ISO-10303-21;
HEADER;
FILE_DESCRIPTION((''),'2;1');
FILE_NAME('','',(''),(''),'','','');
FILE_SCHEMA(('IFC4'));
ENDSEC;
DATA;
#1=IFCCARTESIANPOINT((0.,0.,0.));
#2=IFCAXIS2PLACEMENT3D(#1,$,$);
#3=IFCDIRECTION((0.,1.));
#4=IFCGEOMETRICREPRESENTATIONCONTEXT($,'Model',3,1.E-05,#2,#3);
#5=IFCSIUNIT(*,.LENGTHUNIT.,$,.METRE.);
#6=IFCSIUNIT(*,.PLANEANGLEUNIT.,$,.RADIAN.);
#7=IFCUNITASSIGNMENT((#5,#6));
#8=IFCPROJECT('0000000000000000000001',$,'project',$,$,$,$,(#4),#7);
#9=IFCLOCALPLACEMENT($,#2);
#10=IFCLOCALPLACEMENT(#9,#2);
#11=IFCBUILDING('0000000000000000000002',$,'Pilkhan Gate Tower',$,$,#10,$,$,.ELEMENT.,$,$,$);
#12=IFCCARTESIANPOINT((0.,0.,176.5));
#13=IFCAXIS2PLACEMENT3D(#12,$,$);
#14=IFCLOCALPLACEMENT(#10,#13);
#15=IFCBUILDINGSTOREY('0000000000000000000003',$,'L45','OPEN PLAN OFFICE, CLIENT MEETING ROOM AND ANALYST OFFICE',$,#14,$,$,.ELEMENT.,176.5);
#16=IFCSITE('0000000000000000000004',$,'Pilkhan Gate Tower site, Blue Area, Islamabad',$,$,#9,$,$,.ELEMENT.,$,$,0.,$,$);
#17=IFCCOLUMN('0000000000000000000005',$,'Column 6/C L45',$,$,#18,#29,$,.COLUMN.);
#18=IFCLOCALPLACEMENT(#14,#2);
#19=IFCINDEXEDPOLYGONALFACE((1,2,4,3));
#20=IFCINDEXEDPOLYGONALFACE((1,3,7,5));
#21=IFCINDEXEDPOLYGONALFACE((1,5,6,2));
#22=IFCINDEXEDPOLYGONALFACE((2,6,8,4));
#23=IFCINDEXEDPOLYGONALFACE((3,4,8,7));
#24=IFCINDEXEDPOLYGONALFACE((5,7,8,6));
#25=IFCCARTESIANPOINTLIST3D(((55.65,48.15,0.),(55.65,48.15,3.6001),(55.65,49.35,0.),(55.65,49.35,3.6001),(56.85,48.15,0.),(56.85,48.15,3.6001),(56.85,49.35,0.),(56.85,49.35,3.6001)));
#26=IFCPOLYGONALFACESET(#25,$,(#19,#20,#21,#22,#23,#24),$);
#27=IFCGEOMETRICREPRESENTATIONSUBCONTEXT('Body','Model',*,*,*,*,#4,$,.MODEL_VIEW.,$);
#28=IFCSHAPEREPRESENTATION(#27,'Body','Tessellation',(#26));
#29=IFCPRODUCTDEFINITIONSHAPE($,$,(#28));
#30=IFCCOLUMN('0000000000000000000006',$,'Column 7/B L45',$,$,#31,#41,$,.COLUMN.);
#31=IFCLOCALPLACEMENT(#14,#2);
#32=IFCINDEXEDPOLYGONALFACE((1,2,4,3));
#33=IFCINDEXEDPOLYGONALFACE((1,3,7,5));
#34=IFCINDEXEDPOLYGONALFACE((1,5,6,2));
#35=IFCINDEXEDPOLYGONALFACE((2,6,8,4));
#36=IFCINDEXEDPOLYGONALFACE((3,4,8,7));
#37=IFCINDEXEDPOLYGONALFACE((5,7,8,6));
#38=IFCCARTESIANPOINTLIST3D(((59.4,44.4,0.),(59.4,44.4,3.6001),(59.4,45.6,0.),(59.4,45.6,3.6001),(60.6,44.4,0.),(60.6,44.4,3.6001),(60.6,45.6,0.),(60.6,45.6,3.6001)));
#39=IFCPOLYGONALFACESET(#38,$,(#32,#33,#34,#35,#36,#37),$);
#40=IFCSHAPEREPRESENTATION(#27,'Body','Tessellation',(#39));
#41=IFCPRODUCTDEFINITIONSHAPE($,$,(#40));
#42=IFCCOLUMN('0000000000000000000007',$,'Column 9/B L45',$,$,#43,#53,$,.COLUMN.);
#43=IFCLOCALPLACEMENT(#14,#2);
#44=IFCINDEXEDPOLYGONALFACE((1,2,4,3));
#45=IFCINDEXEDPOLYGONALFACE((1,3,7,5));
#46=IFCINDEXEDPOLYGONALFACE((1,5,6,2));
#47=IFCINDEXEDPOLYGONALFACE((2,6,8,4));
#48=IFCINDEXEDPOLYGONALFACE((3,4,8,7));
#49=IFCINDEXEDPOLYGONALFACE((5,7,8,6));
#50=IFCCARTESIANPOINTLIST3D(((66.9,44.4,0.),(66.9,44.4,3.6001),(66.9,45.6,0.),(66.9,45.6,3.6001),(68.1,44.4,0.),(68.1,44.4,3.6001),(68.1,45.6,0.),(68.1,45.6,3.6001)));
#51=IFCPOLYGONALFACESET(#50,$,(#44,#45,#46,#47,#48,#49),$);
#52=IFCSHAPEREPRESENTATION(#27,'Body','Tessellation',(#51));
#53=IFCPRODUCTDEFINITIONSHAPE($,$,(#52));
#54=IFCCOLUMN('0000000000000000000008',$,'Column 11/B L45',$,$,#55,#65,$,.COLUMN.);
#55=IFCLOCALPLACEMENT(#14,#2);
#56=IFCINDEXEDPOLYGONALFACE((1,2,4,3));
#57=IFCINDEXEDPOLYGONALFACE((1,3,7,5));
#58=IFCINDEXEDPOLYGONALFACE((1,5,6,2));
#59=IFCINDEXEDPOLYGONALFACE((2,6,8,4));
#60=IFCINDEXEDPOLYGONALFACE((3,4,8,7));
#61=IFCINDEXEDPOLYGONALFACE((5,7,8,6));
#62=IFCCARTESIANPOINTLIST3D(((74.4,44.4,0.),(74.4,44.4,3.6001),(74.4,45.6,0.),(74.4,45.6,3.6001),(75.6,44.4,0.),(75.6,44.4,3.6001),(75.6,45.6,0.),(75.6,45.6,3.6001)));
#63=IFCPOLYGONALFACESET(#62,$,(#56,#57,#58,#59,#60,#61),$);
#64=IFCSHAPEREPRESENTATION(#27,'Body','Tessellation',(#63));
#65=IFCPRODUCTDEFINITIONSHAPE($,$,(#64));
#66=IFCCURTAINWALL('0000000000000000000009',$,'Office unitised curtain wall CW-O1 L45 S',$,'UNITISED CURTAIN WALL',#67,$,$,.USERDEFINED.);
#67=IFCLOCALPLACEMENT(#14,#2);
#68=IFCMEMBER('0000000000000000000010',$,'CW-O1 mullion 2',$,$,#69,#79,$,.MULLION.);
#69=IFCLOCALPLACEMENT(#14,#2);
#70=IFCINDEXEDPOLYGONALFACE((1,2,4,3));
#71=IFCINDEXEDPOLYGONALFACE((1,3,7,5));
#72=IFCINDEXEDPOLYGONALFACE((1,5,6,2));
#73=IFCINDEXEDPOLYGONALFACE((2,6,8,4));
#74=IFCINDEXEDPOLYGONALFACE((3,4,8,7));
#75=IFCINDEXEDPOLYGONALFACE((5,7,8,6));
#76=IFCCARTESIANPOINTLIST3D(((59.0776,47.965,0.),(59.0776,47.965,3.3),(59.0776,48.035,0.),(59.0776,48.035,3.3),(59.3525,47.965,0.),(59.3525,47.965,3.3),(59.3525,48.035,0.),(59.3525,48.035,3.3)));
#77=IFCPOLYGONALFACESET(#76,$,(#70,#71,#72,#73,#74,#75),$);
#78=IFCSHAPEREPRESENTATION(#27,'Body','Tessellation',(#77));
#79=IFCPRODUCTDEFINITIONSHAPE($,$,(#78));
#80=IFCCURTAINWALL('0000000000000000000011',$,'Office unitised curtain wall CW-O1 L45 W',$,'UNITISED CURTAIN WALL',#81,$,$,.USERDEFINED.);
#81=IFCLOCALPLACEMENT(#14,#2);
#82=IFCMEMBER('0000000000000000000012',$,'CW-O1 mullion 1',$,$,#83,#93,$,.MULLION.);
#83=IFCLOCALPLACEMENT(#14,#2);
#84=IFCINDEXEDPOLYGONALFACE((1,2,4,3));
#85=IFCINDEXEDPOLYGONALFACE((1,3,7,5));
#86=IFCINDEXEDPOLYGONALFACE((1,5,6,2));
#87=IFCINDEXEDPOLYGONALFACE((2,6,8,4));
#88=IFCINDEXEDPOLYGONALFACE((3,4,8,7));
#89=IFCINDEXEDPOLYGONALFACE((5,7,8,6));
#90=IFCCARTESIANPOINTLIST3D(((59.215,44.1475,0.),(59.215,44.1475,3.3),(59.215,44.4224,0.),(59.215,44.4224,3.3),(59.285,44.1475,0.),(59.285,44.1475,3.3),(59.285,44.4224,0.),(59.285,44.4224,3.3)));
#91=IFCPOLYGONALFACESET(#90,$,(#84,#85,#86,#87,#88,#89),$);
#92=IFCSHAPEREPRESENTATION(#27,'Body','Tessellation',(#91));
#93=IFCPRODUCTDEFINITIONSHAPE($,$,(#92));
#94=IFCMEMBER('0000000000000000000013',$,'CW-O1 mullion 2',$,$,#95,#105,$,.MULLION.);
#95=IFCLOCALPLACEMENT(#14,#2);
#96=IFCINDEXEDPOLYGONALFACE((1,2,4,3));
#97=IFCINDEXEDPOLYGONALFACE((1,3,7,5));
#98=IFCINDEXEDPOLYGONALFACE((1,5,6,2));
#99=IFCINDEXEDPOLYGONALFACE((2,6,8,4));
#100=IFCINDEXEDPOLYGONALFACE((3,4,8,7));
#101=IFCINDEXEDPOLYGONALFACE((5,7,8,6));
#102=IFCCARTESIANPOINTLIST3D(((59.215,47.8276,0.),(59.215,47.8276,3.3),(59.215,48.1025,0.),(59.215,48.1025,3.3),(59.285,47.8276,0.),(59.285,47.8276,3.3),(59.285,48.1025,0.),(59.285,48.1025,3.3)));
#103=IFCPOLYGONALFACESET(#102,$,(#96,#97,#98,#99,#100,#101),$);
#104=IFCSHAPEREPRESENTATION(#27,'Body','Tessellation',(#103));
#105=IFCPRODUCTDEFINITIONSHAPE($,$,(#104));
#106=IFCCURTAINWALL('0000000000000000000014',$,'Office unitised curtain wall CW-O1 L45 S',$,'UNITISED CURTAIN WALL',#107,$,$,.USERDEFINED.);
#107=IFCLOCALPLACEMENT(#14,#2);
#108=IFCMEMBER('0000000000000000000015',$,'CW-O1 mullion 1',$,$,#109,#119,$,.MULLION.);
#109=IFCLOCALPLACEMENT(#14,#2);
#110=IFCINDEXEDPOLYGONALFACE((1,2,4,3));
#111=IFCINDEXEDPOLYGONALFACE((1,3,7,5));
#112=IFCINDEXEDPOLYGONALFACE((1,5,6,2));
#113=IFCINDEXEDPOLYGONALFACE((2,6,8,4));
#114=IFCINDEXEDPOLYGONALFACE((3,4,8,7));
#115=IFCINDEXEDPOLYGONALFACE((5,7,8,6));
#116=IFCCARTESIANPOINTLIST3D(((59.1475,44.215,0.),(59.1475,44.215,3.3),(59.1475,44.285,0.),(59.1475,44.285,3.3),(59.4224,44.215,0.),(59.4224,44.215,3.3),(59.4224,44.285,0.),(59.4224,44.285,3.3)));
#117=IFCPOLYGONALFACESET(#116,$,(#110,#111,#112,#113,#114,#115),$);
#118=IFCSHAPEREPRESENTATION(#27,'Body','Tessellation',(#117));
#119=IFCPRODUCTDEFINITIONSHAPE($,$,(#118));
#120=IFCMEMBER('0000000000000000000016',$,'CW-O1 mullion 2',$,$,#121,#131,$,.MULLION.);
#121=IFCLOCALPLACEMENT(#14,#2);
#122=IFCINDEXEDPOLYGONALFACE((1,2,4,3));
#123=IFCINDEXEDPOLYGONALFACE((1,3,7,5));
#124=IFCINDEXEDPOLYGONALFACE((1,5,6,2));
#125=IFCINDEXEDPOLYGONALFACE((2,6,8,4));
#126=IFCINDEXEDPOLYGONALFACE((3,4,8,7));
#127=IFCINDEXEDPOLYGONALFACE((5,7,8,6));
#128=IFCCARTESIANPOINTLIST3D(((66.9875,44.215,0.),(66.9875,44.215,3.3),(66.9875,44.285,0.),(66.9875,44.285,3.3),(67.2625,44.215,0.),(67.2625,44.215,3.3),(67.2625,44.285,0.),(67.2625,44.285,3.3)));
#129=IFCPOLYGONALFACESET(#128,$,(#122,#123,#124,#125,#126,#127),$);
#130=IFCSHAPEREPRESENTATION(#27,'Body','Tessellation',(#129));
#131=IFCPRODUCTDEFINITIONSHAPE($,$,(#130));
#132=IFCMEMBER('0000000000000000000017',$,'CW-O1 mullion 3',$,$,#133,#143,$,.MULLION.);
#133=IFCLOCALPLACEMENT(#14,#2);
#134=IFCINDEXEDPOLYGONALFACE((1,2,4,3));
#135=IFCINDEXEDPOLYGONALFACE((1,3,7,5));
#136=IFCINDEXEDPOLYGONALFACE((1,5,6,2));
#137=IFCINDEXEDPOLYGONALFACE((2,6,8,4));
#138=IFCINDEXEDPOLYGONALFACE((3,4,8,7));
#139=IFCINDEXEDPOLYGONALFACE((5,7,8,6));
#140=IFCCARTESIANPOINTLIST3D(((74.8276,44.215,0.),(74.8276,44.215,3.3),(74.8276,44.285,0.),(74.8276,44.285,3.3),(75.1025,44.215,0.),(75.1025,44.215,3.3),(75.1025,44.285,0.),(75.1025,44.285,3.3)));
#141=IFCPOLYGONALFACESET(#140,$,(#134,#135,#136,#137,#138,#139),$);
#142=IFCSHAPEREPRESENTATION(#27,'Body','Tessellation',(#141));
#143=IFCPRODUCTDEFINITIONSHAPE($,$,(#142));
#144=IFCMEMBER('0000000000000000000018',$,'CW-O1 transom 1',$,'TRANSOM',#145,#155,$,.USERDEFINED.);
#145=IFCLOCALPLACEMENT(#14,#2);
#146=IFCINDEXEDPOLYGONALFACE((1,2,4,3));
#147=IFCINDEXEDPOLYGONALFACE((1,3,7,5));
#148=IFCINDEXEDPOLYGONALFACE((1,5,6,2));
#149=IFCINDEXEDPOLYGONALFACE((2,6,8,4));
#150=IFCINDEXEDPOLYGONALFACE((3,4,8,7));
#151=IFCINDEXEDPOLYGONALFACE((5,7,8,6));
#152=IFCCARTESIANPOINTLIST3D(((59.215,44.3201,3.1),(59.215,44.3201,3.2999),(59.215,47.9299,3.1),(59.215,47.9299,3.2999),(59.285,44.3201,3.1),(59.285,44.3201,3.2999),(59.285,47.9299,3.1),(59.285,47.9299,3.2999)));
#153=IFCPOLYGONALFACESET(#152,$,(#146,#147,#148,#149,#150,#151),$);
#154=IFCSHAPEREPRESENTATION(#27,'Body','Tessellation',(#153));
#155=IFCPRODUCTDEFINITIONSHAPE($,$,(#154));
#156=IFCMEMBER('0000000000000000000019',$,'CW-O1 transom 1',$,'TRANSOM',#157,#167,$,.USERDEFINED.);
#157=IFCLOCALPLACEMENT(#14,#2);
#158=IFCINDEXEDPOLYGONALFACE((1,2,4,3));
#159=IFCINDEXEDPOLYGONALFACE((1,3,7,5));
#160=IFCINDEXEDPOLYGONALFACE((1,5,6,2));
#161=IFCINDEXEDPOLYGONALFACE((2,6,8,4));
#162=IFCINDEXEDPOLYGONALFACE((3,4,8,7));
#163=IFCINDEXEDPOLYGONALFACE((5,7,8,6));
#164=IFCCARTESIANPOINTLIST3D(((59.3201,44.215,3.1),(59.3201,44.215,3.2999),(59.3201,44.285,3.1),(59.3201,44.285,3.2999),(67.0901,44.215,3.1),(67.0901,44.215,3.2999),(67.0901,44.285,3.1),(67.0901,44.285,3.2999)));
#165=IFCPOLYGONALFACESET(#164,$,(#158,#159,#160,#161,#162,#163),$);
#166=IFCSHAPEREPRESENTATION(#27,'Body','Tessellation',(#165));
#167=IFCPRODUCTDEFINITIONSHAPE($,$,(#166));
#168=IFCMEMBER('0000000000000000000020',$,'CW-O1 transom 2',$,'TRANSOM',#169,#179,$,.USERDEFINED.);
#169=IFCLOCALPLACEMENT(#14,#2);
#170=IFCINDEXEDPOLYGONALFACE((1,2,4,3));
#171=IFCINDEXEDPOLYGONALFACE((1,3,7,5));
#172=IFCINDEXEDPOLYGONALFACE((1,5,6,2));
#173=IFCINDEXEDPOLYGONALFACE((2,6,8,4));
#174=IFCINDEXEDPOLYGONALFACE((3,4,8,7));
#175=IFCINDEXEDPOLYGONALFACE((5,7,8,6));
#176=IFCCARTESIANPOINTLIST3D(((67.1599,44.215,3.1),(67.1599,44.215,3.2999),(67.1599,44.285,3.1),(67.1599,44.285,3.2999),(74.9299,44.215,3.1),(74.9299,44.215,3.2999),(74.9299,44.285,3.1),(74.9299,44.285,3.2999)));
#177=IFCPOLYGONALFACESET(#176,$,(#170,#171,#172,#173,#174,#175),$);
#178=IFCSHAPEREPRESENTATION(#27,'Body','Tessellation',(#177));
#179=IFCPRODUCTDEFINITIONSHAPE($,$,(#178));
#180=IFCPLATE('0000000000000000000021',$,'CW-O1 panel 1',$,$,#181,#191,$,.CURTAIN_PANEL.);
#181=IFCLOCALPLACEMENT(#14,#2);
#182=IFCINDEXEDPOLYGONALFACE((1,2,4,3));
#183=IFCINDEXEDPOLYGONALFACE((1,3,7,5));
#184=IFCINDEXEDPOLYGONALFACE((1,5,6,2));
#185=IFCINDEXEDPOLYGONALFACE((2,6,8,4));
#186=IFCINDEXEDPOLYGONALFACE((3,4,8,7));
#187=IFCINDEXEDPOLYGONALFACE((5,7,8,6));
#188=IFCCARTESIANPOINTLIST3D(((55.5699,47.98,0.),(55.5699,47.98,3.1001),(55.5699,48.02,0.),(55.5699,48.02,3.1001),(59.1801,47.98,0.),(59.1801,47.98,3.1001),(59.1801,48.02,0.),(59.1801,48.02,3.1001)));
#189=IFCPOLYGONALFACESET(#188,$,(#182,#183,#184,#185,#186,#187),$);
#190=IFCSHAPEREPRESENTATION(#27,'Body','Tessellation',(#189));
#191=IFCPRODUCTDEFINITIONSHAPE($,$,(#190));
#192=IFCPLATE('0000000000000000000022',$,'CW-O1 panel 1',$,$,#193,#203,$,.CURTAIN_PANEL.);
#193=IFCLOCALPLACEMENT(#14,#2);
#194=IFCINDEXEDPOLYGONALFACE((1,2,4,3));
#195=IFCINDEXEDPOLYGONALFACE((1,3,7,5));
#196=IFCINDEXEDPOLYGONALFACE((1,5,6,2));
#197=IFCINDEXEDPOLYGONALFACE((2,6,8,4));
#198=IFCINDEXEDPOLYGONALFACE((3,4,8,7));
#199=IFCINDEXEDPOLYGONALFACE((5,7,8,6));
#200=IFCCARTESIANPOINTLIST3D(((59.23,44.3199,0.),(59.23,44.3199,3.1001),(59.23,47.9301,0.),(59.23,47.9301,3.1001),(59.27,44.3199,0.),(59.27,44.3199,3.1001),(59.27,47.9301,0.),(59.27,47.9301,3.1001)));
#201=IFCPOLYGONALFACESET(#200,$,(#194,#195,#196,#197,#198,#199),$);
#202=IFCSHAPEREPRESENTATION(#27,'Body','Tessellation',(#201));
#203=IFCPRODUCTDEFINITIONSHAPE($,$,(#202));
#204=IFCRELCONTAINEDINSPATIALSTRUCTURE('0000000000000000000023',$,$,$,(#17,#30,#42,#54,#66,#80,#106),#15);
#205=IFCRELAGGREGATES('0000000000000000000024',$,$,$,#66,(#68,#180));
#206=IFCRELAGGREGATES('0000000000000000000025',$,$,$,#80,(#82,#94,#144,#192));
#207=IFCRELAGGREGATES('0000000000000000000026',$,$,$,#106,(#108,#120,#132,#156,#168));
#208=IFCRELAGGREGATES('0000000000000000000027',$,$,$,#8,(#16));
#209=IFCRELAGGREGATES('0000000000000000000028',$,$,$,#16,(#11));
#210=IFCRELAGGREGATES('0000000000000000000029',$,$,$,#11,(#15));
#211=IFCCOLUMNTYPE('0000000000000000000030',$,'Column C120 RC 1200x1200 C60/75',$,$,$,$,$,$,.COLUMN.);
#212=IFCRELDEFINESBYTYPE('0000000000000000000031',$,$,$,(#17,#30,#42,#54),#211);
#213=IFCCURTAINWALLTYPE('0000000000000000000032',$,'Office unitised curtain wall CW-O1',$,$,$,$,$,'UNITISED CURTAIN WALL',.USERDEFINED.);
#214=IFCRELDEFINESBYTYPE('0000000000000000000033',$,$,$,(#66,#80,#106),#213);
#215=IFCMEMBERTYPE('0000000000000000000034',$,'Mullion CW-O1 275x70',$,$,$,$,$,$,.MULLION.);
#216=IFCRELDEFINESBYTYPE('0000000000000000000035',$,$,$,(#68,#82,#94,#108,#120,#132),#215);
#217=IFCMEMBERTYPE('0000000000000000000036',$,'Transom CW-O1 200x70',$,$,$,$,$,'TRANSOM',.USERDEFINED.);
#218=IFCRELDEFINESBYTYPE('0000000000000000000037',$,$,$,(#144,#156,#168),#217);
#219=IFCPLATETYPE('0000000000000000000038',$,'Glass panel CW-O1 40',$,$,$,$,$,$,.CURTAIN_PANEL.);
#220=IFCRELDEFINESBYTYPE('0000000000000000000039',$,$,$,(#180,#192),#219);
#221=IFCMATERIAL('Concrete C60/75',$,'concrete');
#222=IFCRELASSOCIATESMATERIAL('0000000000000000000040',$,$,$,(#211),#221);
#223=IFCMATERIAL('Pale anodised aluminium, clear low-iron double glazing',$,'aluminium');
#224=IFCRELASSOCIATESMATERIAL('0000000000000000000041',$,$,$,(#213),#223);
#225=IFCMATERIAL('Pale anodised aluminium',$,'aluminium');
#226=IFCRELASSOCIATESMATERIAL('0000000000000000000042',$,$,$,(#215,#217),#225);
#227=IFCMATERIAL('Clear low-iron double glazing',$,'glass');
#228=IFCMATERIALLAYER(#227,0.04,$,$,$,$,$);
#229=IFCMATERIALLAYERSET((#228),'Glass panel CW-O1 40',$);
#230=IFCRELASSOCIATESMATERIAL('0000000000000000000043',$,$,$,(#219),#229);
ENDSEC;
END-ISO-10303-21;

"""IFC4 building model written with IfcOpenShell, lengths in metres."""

from ifc_helpers import new_model, si_unit, direction, frame, origin, origin_2d, place, context, subcontext, project, spatial, rectangle, extrude, material, layer, layer_set, material_profile, profile_set, type_object, element, aggregate, save


model = new_model("IFC4")

# Units and contexts
model_context = context("Model", 3, precision=1e-05, world=origin(), true_north=direction((0.0, 1.0)))
body_context = subcontext(model_context, "Body", "Model", "MODEL_VIEW")
ifc_project = project(units=[si_unit("LENGTHUNIT", "METRE"), si_unit("PLANEANGLEUNIT", "RADIAN")], contexts=[model_context])

# Site, building, storey
site_placement = place(None, origin())
site = spatial("IfcSite", under=ifc_project, at=site_placement, Name="Pilkhan Gate Tower site, Blue Area, Islamabad", CompositionType="ELEMENT", RefElevation=0.0)
building_placement = place(site_placement, origin())
building = spatial("IfcBuilding", under=site, at=building_placement, Name="Pilkhan Gate Tower", CompositionType="ELEMENT")
storey_placement = place(building_placement, frame((0.0, 0.0, 176.5)))
storey = spatial("IfcBuildingStorey", under=building, at=storey_placement, Name="L45", Description="OPEN PLAN OFFICE, CLIENT MEETING ROOM AND ANALYST OFFICE", CompositionType="ELEMENT", Elevation=176.5)

# Columns
ifc_material_1 = material(Name="Concrete C60/75", Category="concrete")
ifc_material_profile_1 = material_profile(ifc_material_1, rectangle(XDim=1.2, YDim=1.2, at=origin_2d()), Name="RC 1200x1200")
ifc_profile_set_1 = profile_set([ifc_material_profile_1], Name="Concrete C60/75")
column_type = type_object("IfcColumnType", Name="Column C120 RC 1200x1200 C60/75", PredefinedType="COLUMN", material=ifc_profile_set_1)
for number, where, z_axis, x_axis, name in (
    (1, (56.25, 48.75, 0.0), (0.0, 0.0, 1.0), (1.0, 0.0, 0.0), "Column 6/C L45"),
    (2, (60.0, 45.0, 0.0), (0.0, 0.0, 1.0), (1.0, 0.0, 0.0), "Column 7/B L45"),
    (3, (67.5, 45.0, 0.0), (0.0, 0.0, 1.0), (1.0, 0.0, 0.0), "Column 9/B L45"),
    (4, (75.0, 45.0, 0.0), (0.0, 0.0, 1.0), (1.0, 0.0, 0.0), "Column 11/B L45"),
):
    element("IfcColumn", number, at=place(storey_placement, frame(where, z_axis=z_axis, x_axis=x_axis)), inside=storey, type_object=column_type, Name=name, PredefinedType="COLUMN", context=body_context, shape_type="SweptSolid", body=[
        extrude(rectangle(XDim=1.2, YDim=1.2, at=origin_2d()), origin(), (0.0, 0.0, 1.0), 3.6001),
    ])

# Curtain wall, member
ifc_material_2 = material(Name="Pale anodised aluminium, clear low-iron double glazing", Category="aluminium")
curtain_wall_type = type_object("IfcCurtainWallType", Name="Office unitised curtain wall CW-O1", ElementType="UNITISED CURTAIN WALL", PredefinedType="USERDEFINED", material=ifc_material_2)
curtain_wall_1_placement = place(storey_placement, origin())
curtain_wall_1 = element("IfcCurtainWall", 5, at=curtain_wall_1_placement, inside=storey, type_object=curtain_wall_type, Name="Office unitised curtain wall CW-O1 L45 S", ObjectType="UNITISED CURTAIN WALL", PredefinedType="USERDEFINED")
ifc_material_3 = material(Name="Pale anodised aluminium", Category="aluminium")
ifc_material_profile_2 = material_profile(ifc_material_3, rectangle(XDim=0.0701, YDim=0.2749, at=origin_2d()), Name="Mullion 275x70")
ifc_profile_set_2 = profile_set([ifc_material_profile_2], Name="Pale anodised aluminium")
member_type_1 = type_object("IfcMemberType", Name="Mullion CW-O1 275x70", PredefinedType="MULLION", material=ifc_profile_set_2)
member_1_placement = place(storey_placement, frame((59.2151, 48.0, 0.0), z_axis=(0.0, 0.0, 1.0), x_axis=(0.0, 1.0, 0.0)))
member_1 = element("IfcMember", 6, at=member_1_placement, type_object=member_type_1, Name="CW-O1 mullion 2", PredefinedType="MULLION", context=body_context, shape_type="SweptSolid", body=[
    extrude(rectangle(XDim=0.0701, YDim=0.2749, at=origin_2d()), origin(), (0.0, 0.0, 1.0), 3.3),
])

# Curtain walls, members
curtain_wall_2_placement = place(storey_placement, origin())
curtain_wall_2 = element("IfcCurtainWall", 7, at=curtain_wall_2_placement, inside=storey, type_object=curtain_wall_type, Name="Office unitised curtain wall CW-O1 L45 W", ObjectType="UNITISED CURTAIN WALL", PredefinedType="USERDEFINED")
member_2_placement = place(storey_placement, frame((59.25, 44.2849, 0.0), z_axis=(0.0, 0.0, 1.0), x_axis=(-1.0, 0.0, 0.0)))
member_2 = element("IfcMember", 8, at=member_2_placement, type_object=member_type_1, Name="CW-O1 mullion 1", PredefinedType="MULLION", context=body_context, shape_type="SweptSolid", body=[
    extrude(rectangle(XDim=0.0701, YDim=0.2749, at=origin_2d()), origin(), (0.0, 0.0, 1.0), 3.3),
])
member_3_placement = place(storey_placement, frame((59.25, 47.9651, 0.0), z_axis=(0.0, 0.0, 1.0), x_axis=(-1.0, 0.0, 0.0)))
member_3 = element("IfcMember", 9, at=member_3_placement, type_object=member_type_1, Name="CW-O1 mullion 2", PredefinedType="MULLION", context=body_context, shape_type="SweptSolid", body=[
    extrude(rectangle(XDim=0.0701, YDim=0.2749, at=origin_2d()), origin(), (0.0, 0.0, 1.0), 3.3),
])
curtain_wall_3_placement = place(storey_placement, origin())
curtain_wall_3 = element("IfcCurtainWall", 10, at=curtain_wall_3_placement, inside=storey, type_object=curtain_wall_type, Name="Office unitised curtain wall CW-O1 L45 S", ObjectType="UNITISED CURTAIN WALL", PredefinedType="USERDEFINED")
member_4_placement = place(storey_placement, frame((59.2849, 44.25, 0.0), z_axis=(0.0, 0.0, 1.0), x_axis=(0.0, 1.0, 0.0)))
member_4 = element("IfcMember", 11, at=member_4_placement, type_object=member_type_1, Name="CW-O1 mullion 1", PredefinedType="MULLION", context=body_context, shape_type="SweptSolid", body=[
    extrude(rectangle(XDim=0.0701, YDim=0.2749, at=origin_2d()), origin(), (0.0, 0.0, 1.0), 3.3),
])
member_5_placement = place(storey_placement, frame((67.125, 44.25, 0.0), z_axis=(0.0, 0.0, 1.0), x_axis=(0.0, 1.0, 0.0)))
member_5 = element("IfcMember", 12, at=member_5_placement, type_object=member_type_1, Name="CW-O1 mullion 2", PredefinedType="MULLION", context=body_context, shape_type="SweptSolid", body=[
    extrude(rectangle(XDim=0.0701, YDim=0.2749, at=origin_2d()), origin(), (0.0, 0.0, 1.0), 3.3),
])
member_6_placement = place(storey_placement, frame((74.9651, 44.25, 0.0), z_axis=(0.0, 0.0, 1.0), x_axis=(0.0, 1.0, 0.0)))
member_6 = element("IfcMember", 13, at=member_6_placement, type_object=member_type_1, Name="CW-O1 mullion 3", PredefinedType="MULLION", context=body_context, shape_type="SweptSolid", body=[
    extrude(rectangle(XDim=0.0701, YDim=0.2749, at=origin_2d()), origin(), (0.0, 0.0, 1.0), 3.3),
])

# Members
ifc_material_profile_3 = material_profile(ifc_material_3, rectangle(XDim=0.0701, YDim=0.2, at=origin_2d()), Name="Transom 200x70")
ifc_profile_set_3 = profile_set([ifc_material_profile_3], Name="Pale anodised aluminium")
member_type_2 = type_object("IfcMemberType", Name="Transom CW-O1 200x70", ElementType="TRANSOM", PredefinedType="USERDEFINED", material=ifc_profile_set_3)
member_7_placement = place(storey_placement, frame((59.25, 44.3201, 3.2), z_axis=(0.0, 1.0, 0.0), x_axis=(-1.0, 0.0, 0.0)))
member_7 = element("IfcMember", 14, at=member_7_placement, type_object=member_type_2, Name="CW-O1 transom 1", ObjectType="TRANSOM", PredefinedType="USERDEFINED", context=body_context, shape_type="SweptSolid", body=[
    extrude(rectangle(XDim=0.0701, YDim=0.2, at=origin_2d()), origin(), (0.0, 0.0, 1.0), 3.6099),
])
member_8_placement = place(storey_placement, frame((59.3201, 44.25, 3.2), z_axis=(1.0, 0.0, 0.0), x_axis=(0.0, 1.0, 0.0)))
member_8 = element("IfcMember", 15, at=member_8_placement, type_object=member_type_2, Name="CW-O1 transom 1", ObjectType="TRANSOM", PredefinedType="USERDEFINED", context=body_context, shape_type="SweptSolid", body=[
    extrude(rectangle(XDim=0.0701, YDim=0.2, at=origin_2d()), origin(), (0.0, 0.0, 1.0), 7.77),
])
member_9_placement = place(storey_placement, frame((67.1599, 44.25, 3.2), z_axis=(1.0, 0.0, 0.0), x_axis=(0.0, 1.0, 0.0)))
member_9 = element("IfcMember", 16, at=member_9_placement, type_object=member_type_2, Name="CW-O1 transom 2", ObjectType="TRANSOM", PredefinedType="USERDEFINED", context=body_context, shape_type="SweptSolid", body=[
    extrude(rectangle(XDim=0.0701, YDim=0.2, at=origin_2d()), origin(), (0.0, 0.0, 1.0), 7.77),
])

# Plates
ifc_material_4 = material(Name="Clear low-iron double glazing", Category="glass")
ifc_layer = layer(ifc_material_4, 0.04)
ifc_layer_set = layer_set([ifc_layer], Name="Glass panel CW-O1 40")
plate_type = type_object("IfcPlateType", Name="Glass panel CW-O1 40", PredefinedType="CURTAIN_PANEL", material=ifc_layer_set)
plate_1_placement = place(storey_placement, frame((57.375, 48.0, 0.0), z_axis=(0.0, 0.0, 1.0), x_axis=(1.0, 0.0, 0.0)))
plate_1 = element("IfcPlate", 17, at=plate_1_placement, type_object=plate_type, Name="CW-O1 panel 1", PredefinedType="CURTAIN_PANEL", context=body_context, shape_type="SweptSolid", body=[
    extrude(rectangle(XDim=3.6101, YDim=0.04, at=origin_2d()), origin(), (0.0, 0.0, 1.0), 3.1001),
])
aggregate(curtain_wall_1, [member_1, plate_1])
plate_2_placement = place(storey_placement, frame((59.25, 46.125, 0.0), z_axis=(0.0, 0.0, 1.0), x_axis=(0.0, 1.0, 0.0)))
plate_2 = element("IfcPlate", 18, at=plate_2_placement, type_object=plate_type, Name="CW-O1 panel 1", PredefinedType="CURTAIN_PANEL", context=body_context, shape_type="SweptSolid", body=[
    extrude(rectangle(XDim=3.6101, YDim=0.04, at=origin_2d()), origin(), (0.0, 0.0, 1.0), 3.1001),
])
aggregate(curtain_wall_2, [member_2, member_3, member_7, plate_2])
aggregate(curtain_wall_3, [member_4, member_5, member_6, member_8, member_9])

save(model, "model.ifc")
